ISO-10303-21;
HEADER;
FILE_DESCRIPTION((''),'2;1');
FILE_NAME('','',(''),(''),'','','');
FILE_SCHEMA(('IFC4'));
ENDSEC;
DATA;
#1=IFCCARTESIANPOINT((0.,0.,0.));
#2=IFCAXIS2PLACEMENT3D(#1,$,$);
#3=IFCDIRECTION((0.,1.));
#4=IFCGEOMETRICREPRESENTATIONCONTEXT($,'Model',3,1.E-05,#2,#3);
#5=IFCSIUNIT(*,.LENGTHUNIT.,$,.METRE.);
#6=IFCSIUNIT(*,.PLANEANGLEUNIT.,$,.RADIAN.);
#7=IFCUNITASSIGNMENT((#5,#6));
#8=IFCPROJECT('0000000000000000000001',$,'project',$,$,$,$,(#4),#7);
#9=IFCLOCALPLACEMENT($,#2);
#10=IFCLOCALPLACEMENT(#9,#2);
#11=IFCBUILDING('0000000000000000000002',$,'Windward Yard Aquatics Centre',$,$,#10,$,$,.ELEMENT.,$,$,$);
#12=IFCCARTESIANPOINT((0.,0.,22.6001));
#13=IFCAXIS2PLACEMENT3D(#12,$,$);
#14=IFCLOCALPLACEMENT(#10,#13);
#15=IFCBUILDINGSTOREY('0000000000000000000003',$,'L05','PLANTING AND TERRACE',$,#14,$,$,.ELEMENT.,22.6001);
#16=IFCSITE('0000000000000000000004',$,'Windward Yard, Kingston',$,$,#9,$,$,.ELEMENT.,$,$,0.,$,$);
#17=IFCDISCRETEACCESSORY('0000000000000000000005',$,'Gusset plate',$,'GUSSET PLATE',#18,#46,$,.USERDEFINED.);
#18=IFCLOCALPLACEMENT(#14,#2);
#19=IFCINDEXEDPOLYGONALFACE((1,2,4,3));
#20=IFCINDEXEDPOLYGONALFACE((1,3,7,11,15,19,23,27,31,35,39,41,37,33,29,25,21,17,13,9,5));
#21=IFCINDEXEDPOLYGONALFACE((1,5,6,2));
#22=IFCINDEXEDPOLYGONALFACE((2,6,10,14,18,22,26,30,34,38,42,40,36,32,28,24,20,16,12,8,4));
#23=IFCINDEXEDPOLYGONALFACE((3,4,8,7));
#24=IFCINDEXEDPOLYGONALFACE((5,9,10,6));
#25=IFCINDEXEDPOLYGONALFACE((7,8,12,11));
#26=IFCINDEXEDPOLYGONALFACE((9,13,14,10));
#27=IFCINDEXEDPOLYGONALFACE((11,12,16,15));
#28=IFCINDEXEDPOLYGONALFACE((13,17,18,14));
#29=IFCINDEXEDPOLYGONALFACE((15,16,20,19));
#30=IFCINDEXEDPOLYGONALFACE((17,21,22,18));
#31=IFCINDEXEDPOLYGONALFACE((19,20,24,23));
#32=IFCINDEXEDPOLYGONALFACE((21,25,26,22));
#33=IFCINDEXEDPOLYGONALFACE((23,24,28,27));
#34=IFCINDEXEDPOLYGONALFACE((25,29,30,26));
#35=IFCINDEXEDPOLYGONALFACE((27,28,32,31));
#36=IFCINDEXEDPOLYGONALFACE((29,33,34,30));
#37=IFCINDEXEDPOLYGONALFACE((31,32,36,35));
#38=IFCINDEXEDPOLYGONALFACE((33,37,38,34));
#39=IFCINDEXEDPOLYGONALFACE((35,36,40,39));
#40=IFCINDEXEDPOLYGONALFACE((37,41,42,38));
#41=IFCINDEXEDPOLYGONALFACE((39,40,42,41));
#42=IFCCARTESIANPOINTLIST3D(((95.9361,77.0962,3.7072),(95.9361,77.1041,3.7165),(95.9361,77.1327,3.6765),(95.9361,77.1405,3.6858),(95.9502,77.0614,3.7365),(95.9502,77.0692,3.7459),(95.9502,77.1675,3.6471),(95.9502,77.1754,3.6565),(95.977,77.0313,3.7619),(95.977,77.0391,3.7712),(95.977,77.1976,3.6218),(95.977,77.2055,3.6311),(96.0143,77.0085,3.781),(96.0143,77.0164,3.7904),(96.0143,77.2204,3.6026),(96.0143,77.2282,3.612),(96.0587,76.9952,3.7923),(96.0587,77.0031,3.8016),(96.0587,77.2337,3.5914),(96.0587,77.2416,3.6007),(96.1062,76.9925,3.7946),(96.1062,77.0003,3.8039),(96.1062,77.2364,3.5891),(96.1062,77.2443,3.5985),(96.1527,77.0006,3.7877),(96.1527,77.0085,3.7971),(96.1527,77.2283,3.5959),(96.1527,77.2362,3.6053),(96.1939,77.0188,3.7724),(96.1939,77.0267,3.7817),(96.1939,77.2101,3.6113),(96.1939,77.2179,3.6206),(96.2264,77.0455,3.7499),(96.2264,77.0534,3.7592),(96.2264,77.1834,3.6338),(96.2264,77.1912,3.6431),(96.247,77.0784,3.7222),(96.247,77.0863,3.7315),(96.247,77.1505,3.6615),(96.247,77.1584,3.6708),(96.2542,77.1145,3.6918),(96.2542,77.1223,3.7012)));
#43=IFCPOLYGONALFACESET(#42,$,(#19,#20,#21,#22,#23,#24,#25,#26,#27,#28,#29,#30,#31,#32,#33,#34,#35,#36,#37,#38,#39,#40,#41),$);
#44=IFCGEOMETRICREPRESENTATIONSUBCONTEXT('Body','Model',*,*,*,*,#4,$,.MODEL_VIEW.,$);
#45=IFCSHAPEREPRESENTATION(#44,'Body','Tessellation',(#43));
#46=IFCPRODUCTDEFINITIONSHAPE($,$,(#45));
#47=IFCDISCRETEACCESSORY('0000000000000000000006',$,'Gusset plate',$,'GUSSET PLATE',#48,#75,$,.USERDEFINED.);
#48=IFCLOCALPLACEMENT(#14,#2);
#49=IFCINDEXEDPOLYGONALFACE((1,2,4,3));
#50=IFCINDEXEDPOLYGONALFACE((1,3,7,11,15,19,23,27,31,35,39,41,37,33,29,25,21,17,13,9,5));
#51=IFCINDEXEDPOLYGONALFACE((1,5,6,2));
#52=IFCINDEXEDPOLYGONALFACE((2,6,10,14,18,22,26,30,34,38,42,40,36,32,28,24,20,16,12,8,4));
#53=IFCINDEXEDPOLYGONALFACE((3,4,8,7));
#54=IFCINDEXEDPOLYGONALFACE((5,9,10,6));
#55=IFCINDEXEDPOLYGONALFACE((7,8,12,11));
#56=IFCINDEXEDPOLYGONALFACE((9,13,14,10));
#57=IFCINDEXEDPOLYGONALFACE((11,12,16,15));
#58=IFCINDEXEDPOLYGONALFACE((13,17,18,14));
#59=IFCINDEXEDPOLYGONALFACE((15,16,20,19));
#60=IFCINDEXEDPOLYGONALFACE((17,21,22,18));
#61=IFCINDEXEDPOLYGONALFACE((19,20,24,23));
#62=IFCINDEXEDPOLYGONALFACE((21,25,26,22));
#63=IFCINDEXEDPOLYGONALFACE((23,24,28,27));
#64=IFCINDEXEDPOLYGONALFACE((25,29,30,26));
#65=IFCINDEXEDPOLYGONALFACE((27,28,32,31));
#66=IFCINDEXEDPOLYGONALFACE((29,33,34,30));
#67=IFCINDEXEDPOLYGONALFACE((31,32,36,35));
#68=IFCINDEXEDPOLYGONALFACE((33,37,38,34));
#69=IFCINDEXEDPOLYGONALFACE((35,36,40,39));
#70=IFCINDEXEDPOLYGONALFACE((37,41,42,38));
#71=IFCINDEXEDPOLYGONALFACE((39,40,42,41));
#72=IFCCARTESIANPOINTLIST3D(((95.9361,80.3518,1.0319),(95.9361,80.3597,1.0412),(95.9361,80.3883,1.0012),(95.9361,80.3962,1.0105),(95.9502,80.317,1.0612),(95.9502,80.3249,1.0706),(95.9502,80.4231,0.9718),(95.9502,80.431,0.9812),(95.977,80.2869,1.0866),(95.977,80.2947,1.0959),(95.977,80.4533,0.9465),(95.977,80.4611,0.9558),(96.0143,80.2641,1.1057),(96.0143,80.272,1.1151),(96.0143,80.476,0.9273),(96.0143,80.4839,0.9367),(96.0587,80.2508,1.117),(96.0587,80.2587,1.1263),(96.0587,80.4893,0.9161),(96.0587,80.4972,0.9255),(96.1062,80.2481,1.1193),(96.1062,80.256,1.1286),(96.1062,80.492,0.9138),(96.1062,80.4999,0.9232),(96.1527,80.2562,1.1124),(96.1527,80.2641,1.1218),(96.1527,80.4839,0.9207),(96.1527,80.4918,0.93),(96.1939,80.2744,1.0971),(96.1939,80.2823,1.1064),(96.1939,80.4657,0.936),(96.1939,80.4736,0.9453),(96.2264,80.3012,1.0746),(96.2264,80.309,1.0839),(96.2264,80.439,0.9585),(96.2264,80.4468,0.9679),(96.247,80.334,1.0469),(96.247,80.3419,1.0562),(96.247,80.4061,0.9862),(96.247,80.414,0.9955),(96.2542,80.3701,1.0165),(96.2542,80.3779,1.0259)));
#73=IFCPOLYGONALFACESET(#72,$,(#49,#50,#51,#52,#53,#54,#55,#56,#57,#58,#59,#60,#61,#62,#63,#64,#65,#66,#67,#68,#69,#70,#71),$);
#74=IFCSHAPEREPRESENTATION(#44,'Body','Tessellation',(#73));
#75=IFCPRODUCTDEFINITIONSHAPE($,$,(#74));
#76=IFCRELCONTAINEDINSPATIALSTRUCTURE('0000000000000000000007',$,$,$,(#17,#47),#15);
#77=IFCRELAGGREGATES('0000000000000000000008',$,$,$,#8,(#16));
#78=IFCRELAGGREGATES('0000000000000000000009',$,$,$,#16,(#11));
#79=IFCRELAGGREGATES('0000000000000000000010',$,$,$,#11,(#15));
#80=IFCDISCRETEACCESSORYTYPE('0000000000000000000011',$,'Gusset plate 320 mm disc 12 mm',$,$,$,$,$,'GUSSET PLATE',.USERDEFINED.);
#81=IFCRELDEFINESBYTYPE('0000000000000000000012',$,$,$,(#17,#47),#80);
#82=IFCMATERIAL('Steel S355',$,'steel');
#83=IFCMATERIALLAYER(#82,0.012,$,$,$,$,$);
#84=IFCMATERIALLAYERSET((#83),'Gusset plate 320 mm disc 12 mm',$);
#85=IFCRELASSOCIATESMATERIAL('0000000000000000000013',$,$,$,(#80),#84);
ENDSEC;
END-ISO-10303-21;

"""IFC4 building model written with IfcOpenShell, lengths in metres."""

from ifc_helpers import new_model, si_unit, direction, frame, origin, origin_2d, place, context, subcontext, project, spatial, circle, extrude, material, layer, layer_set, type_object, element, save


model = new_model("IFC4")

# Units and contexts
model_context = context("Model", 3, precision=1e-05, world=origin(), true_north=direction((0.0, 1.0)))
body_context = subcontext(model_context, "Body", "Model", "MODEL_VIEW")
ifc_project = project(units=[si_unit("LENGTHUNIT", "METRE"), si_unit("PLANEANGLEUNIT", "RADIAN")], contexts=[model_context])

# Site, building, storey
site_placement = place(None, origin())
site = spatial("IfcSite", under=ifc_project, at=site_placement, Name="Windward Yard, Kingston", CompositionType="ELEMENT", RefElevation=0.0)
building_placement = place(site_placement, origin())
building = spatial("IfcBuilding", under=site, at=building_placement, Name="Windward Yard Aquatics Centre", CompositionType="ELEMENT")
storey_placement = place(building_placement, frame((0.0, 0.0, 22.6001)))
storey = spatial("IfcBuildingStorey", under=building, at=storey_placement, Name="L05", Description="PLANTING AND TERRACE", CompositionType="ELEMENT", Elevation=22.6001)

# Discrete accessories
ifc_material_1 = material(Name="Steel S355", Category="steel")
ifc_layer_1 = layer(ifc_material_1, 0.012)
ifc_layer_set_1 = layer_set([ifc_layer_1], Name="Gusset plate 320 mm disc 12 mm")
discrete_accessory_type = type_object("IfcDiscreteAccessoryType", Name="Gusset plate 320 mm disc 12 mm", ElementType="GUSSET PLATE", PredefinedType="USERDEFINED", material=ifc_layer_set_1)
for number, where, z_axis, x_axis, name in (
    (1, (96.0942, 77.1223, 3.7012), (0.0, -0.644136, -0.764911), (1.0, 0.0, 0.0), "Gusset plate"),
    (2, (96.0942, 80.3779, 1.0259), (0.0, -0.644136, -0.764911), (1.0, 0.0, 0.0), "Gusset plate"),
):
    element("IfcDiscreteAccessory", number, at=place(storey_placement, frame(where, z_axis=z_axis, x_axis=x_axis)), inside=storey, type_object=discrete_accessory_type, Name=name, ObjectType="GUSSET PLATE", PredefinedType="USERDEFINED", context=body_context, shape_type="SweptSolid", body=[
        extrude(circle(Radius=0.1599, at=origin_2d()), origin(), (0.0, 0.0, 1.0), 0.0122),
    ])

save(model, "model.ifc")
